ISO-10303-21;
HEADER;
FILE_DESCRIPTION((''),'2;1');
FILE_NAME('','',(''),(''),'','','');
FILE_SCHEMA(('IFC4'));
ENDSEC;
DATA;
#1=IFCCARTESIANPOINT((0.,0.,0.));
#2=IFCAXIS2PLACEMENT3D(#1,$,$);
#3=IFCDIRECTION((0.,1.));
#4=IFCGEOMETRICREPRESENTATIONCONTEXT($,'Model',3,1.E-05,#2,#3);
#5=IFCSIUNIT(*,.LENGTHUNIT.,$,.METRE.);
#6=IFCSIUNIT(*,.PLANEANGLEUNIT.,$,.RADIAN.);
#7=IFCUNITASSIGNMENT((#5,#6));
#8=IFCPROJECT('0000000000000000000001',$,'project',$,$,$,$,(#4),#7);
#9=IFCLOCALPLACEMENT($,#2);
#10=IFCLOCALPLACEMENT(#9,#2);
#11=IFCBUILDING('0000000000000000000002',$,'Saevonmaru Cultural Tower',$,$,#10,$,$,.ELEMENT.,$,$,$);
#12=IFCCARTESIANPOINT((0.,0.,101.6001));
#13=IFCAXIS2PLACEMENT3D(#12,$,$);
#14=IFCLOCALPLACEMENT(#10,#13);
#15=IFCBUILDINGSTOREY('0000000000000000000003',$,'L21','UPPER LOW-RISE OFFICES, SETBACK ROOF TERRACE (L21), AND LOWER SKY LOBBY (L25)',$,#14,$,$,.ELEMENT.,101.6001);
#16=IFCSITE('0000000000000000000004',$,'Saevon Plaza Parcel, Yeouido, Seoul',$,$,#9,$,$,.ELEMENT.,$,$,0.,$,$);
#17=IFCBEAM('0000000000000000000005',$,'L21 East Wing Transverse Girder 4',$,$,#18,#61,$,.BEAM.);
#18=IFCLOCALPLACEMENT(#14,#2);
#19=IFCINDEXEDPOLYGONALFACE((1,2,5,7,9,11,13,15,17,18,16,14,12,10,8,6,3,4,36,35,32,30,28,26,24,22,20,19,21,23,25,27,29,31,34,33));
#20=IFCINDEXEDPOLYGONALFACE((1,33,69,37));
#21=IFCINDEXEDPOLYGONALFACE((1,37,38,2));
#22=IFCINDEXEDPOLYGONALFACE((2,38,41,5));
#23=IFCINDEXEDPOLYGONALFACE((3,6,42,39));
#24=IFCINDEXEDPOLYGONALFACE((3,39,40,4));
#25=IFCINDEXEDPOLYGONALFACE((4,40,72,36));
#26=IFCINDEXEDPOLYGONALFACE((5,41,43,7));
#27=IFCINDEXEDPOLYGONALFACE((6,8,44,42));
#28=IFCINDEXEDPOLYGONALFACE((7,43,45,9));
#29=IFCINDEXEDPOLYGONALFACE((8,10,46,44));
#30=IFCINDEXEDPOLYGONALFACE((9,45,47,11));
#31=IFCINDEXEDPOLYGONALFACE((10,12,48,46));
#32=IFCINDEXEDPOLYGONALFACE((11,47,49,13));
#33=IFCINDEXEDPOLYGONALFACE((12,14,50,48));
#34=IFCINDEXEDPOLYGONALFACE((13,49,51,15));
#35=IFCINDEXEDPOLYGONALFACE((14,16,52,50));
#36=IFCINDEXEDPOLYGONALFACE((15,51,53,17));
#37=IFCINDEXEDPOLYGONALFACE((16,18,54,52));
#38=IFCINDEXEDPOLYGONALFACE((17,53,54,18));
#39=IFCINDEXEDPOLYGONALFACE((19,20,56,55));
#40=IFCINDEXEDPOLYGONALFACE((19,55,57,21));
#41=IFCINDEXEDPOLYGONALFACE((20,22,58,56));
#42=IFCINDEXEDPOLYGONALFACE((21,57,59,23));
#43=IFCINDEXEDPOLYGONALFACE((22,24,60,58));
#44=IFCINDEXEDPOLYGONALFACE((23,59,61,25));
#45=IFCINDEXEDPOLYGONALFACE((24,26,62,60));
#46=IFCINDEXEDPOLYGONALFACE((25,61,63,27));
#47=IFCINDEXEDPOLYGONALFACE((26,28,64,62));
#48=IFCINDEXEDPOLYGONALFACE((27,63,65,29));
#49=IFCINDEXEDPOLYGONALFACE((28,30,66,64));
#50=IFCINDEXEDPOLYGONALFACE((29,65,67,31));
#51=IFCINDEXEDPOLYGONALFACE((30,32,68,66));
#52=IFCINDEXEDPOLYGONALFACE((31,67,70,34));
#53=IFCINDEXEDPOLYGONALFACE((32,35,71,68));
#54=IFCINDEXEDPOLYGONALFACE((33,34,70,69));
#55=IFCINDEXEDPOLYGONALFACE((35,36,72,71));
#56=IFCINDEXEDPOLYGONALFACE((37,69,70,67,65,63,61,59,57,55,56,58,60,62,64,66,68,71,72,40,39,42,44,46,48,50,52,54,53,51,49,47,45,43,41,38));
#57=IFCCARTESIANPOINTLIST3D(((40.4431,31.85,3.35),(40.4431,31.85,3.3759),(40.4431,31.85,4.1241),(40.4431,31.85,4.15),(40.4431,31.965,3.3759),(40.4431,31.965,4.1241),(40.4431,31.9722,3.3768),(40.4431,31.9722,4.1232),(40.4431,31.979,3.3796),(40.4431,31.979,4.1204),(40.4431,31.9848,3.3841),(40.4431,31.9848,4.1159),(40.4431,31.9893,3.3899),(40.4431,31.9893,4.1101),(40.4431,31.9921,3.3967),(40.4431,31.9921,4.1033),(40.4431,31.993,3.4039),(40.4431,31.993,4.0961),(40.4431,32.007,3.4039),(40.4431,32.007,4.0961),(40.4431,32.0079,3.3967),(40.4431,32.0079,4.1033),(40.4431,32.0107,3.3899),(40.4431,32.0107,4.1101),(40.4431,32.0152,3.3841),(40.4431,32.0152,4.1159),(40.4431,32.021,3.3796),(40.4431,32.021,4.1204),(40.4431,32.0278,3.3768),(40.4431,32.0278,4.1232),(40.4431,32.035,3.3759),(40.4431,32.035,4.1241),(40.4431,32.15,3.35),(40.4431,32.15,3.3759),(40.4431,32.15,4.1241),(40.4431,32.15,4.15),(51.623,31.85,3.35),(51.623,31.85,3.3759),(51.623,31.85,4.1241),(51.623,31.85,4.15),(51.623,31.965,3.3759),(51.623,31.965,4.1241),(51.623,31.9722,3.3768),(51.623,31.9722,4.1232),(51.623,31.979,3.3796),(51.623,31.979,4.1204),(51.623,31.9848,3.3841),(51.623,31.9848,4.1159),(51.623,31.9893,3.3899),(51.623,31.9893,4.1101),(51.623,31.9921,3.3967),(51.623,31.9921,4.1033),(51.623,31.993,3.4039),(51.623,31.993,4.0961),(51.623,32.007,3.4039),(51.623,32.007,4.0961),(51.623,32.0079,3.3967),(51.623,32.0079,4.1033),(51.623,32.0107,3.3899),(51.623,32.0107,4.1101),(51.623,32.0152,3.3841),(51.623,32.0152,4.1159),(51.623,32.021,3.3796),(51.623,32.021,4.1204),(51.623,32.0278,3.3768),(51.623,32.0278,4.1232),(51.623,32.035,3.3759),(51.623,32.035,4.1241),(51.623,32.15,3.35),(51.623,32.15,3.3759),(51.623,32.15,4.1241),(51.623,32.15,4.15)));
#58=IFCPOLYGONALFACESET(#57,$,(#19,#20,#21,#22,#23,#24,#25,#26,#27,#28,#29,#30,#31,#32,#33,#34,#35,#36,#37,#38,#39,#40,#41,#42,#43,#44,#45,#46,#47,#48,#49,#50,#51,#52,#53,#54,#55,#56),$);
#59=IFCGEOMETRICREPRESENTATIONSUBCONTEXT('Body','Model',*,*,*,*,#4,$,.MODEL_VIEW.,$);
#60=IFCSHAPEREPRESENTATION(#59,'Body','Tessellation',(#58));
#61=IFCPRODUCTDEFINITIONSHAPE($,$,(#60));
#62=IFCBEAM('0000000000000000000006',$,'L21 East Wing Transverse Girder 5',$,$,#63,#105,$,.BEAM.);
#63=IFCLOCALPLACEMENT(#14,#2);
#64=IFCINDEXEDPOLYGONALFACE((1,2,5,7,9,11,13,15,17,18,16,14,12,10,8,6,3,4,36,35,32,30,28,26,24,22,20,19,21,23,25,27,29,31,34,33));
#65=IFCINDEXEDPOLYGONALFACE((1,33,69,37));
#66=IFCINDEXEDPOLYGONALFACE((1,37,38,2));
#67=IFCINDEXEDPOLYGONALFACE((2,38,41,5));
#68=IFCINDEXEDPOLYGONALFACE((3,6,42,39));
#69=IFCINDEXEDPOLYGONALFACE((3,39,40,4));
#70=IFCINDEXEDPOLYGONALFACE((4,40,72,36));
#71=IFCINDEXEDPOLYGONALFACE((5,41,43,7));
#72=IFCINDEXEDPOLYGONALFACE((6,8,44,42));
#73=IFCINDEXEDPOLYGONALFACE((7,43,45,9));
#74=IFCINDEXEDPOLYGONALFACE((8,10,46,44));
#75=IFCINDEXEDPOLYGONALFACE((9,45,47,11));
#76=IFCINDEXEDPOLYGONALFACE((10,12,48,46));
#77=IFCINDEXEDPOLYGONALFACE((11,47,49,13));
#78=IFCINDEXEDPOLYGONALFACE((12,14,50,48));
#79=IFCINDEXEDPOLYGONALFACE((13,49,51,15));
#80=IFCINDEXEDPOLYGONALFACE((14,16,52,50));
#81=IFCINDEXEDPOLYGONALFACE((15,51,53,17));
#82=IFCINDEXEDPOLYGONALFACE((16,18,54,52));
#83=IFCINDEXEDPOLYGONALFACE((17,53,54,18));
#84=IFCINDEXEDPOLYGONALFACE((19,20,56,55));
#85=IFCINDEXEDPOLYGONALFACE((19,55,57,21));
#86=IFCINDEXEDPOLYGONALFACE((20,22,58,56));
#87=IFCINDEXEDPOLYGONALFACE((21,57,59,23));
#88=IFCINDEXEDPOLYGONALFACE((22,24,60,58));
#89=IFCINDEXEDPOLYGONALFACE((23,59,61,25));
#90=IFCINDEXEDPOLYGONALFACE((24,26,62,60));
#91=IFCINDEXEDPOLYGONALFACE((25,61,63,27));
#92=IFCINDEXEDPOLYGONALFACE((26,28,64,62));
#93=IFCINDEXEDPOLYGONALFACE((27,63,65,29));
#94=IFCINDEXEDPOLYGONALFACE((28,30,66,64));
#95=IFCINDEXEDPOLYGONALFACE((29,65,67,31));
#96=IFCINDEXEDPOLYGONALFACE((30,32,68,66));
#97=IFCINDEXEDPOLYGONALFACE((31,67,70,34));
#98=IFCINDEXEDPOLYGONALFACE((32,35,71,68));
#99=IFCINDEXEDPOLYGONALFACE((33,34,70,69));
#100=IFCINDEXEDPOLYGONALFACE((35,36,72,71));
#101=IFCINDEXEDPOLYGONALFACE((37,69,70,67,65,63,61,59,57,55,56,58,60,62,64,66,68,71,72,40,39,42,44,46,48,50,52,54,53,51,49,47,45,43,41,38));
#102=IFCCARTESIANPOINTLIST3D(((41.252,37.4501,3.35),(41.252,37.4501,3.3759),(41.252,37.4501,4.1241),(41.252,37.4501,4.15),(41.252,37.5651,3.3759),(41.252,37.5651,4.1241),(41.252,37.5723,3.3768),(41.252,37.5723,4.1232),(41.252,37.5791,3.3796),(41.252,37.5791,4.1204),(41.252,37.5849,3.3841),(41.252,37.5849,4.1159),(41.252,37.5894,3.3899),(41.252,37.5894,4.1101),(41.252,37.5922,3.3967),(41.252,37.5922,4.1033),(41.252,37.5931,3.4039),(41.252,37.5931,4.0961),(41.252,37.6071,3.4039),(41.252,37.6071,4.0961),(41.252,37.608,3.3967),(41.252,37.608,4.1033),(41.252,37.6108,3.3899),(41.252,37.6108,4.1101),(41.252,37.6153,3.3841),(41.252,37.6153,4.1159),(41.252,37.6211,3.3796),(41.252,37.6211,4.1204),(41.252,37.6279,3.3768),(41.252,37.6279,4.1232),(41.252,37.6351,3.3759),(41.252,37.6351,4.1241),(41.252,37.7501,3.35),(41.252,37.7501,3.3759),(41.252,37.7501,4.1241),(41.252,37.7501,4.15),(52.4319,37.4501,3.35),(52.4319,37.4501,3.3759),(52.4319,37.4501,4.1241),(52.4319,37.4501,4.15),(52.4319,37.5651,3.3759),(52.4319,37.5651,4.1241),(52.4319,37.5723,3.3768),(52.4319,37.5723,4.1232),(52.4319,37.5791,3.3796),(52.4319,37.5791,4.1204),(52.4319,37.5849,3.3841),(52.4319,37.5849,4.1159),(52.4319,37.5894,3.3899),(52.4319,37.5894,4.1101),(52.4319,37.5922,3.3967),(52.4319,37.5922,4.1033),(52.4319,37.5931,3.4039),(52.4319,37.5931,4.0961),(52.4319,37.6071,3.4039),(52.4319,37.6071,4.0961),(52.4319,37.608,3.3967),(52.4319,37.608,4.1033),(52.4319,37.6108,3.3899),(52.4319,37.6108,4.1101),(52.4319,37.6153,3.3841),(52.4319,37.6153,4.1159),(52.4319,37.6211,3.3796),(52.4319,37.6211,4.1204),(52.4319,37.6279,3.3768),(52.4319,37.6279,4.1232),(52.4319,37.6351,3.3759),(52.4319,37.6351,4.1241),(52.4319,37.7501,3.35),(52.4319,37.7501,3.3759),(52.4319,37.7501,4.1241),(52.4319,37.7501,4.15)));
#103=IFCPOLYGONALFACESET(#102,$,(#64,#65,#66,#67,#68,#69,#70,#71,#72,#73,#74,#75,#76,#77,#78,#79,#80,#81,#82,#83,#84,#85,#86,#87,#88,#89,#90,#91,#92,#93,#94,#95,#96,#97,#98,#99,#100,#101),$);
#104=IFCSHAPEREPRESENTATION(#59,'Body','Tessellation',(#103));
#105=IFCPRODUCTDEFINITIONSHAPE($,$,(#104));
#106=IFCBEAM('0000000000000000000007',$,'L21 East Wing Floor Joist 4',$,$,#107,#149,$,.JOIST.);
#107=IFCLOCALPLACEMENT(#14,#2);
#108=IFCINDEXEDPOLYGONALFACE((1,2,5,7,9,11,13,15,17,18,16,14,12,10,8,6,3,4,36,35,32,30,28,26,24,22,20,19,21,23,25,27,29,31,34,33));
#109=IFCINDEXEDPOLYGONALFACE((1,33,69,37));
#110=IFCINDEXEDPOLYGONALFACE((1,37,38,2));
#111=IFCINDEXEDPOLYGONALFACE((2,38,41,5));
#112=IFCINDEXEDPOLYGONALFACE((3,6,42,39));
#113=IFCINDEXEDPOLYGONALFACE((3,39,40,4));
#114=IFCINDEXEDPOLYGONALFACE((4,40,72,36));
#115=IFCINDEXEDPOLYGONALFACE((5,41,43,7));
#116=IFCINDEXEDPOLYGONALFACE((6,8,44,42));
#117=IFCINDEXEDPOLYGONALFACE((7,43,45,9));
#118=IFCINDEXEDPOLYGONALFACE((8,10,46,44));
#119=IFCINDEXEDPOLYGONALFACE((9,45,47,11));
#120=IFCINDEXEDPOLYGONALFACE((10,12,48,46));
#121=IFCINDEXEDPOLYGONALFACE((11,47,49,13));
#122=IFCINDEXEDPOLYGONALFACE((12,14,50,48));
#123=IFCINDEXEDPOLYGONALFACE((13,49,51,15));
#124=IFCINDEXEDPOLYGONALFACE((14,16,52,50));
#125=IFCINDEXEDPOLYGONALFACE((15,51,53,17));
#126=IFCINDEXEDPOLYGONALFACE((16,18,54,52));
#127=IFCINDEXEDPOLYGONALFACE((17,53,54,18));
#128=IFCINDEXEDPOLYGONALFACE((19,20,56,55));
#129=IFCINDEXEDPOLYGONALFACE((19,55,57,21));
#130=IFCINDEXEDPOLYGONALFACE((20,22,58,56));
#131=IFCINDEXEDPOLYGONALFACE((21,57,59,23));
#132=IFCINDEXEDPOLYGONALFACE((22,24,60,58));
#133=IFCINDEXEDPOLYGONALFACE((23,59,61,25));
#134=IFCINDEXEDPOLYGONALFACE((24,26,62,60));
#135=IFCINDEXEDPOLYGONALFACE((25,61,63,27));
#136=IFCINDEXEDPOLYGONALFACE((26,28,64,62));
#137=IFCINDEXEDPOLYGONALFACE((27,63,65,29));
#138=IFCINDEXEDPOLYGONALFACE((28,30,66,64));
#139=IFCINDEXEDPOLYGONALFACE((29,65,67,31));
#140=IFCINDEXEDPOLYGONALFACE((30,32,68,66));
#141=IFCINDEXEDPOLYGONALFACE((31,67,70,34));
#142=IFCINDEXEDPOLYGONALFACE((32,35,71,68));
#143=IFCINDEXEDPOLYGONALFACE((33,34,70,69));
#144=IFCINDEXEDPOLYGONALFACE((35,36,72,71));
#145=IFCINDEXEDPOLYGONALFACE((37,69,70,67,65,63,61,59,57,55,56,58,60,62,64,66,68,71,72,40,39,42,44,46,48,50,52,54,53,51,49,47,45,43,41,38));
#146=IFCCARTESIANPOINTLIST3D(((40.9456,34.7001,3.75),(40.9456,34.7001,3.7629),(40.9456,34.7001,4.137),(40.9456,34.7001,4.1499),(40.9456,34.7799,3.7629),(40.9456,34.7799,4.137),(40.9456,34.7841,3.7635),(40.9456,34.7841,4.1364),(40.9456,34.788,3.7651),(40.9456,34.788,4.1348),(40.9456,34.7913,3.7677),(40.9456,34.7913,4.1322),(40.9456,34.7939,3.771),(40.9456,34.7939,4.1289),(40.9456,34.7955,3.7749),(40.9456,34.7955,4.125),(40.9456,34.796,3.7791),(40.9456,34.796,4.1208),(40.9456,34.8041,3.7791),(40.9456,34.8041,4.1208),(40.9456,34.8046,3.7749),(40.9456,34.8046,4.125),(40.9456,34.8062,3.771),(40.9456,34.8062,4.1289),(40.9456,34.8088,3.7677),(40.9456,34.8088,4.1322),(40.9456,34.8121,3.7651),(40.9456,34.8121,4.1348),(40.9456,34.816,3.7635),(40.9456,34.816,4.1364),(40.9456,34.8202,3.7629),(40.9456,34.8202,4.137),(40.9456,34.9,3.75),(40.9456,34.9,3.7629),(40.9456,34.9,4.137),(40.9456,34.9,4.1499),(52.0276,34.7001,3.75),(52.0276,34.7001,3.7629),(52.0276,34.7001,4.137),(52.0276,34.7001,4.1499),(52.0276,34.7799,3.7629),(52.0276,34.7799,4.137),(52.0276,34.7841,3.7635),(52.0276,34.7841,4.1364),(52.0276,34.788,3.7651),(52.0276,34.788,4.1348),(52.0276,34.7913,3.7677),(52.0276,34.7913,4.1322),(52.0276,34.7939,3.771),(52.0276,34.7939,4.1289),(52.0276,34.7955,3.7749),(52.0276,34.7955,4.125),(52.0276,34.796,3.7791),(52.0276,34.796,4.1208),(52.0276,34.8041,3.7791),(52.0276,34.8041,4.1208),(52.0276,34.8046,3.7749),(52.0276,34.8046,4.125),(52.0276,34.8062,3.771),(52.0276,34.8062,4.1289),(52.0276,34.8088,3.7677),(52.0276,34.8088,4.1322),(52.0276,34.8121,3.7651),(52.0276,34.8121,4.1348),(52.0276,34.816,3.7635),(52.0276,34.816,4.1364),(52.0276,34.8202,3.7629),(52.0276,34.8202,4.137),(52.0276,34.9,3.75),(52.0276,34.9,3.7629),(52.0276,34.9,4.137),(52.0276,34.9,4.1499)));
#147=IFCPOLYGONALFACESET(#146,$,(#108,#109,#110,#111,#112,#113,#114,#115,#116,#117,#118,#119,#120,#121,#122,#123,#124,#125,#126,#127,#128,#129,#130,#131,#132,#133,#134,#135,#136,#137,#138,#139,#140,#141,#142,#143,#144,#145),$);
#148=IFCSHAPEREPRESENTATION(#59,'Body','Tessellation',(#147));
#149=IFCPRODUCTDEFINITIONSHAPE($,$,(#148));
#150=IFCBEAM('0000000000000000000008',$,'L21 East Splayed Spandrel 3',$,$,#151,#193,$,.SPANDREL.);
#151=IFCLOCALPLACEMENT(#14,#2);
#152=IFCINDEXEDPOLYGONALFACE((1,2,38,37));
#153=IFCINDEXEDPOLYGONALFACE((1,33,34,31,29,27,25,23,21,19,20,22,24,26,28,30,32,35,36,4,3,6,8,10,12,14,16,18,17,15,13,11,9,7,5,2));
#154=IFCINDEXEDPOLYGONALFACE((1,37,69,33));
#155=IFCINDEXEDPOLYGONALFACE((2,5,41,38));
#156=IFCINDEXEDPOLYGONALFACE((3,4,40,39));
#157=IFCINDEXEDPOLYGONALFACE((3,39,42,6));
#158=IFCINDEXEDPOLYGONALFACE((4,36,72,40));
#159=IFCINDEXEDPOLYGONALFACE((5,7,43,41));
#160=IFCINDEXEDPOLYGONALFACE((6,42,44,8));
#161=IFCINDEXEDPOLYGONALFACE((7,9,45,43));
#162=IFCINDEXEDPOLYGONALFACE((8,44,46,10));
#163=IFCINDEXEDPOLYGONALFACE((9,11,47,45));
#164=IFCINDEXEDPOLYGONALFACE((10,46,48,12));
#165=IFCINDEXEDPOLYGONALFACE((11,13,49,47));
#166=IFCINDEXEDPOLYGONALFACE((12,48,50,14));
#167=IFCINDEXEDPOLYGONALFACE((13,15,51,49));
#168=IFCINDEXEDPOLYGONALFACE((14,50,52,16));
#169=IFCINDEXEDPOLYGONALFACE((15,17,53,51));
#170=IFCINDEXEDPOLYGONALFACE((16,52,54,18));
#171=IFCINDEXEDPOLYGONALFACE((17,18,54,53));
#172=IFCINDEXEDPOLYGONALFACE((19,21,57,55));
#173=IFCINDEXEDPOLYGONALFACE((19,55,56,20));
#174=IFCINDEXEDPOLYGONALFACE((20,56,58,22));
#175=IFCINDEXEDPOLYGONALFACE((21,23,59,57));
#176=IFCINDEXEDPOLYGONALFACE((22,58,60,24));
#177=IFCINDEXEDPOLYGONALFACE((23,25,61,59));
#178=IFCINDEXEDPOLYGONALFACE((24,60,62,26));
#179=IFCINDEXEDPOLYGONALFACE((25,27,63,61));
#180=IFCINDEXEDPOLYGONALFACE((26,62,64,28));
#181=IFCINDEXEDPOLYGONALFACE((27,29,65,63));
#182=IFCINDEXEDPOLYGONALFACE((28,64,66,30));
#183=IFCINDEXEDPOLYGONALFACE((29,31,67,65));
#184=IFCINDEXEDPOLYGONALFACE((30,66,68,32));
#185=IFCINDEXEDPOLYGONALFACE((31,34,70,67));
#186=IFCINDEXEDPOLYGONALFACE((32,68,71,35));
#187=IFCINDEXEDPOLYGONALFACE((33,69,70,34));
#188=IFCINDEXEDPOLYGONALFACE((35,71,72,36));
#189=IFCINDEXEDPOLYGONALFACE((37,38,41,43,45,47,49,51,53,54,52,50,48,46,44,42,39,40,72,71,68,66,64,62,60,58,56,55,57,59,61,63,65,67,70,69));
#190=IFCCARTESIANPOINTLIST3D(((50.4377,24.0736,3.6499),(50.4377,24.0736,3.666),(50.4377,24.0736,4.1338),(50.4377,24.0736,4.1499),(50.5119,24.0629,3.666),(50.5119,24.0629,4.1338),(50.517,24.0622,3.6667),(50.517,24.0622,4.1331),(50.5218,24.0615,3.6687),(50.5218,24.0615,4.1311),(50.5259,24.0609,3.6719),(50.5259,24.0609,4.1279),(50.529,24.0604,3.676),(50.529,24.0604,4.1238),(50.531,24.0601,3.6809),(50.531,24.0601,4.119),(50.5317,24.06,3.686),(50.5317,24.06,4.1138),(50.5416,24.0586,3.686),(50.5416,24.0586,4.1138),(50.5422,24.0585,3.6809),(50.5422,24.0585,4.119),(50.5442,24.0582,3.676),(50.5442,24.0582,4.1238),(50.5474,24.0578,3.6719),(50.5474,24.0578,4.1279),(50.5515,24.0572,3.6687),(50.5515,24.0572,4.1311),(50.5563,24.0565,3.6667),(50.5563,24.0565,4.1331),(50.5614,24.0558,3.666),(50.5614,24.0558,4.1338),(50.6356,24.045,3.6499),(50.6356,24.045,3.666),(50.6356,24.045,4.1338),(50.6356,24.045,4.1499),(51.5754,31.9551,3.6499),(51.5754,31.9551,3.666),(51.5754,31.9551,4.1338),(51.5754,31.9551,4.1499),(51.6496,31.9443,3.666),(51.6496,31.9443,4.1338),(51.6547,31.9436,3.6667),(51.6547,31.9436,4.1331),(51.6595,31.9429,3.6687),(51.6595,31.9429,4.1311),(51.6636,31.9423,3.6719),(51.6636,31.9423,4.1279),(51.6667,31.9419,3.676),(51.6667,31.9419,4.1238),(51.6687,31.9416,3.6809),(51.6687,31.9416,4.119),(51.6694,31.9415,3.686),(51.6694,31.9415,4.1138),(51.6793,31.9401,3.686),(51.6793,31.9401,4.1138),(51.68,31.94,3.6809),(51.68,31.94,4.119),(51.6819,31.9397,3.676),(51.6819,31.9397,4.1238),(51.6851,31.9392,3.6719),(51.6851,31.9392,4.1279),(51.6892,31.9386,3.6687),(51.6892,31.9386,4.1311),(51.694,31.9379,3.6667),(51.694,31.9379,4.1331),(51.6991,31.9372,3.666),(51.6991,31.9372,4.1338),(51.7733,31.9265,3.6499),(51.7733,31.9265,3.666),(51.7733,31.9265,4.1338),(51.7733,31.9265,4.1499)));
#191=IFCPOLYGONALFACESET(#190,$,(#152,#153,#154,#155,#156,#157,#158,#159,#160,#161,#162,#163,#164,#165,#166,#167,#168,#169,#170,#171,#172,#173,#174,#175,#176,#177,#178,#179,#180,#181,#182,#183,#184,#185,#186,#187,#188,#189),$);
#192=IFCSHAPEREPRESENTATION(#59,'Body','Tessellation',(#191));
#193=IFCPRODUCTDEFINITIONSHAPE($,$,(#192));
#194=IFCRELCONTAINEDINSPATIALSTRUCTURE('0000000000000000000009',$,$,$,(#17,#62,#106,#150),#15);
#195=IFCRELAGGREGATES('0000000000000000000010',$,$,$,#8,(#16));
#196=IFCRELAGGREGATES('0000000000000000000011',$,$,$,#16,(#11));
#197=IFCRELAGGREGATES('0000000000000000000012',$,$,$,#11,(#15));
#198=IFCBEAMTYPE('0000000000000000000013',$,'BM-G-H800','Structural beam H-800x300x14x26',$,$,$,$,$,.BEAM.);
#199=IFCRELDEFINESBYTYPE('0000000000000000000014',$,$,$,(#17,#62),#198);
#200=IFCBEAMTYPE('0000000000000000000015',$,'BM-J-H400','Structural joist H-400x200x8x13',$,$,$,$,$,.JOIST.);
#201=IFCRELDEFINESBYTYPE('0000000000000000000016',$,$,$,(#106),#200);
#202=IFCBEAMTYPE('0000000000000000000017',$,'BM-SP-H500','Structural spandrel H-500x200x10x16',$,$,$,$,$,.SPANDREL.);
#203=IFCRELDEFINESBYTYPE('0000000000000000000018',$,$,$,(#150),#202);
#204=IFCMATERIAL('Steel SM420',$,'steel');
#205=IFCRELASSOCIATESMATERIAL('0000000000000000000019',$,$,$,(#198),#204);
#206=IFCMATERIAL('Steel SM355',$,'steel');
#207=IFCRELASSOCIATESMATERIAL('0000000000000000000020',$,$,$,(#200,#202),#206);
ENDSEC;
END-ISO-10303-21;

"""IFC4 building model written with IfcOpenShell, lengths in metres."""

from ifc_helpers import new_model, si_unit, direction, frame, origin, origin_2d, place, context, subcontext, project, spatial, i_section, extrude, material, material_profile, profile_set, type_object, element, save


model = new_model("IFC4")

# Units and contexts
model_context = context("Model", 3, precision=1e-05, world=origin(), true_north=direction((0.0, 1.0)))
body_context = subcontext(model_context, "Body", "Model", "MODEL_VIEW")
ifc_project = project(units=[si_unit("LENGTHUNIT", "METRE"), si_unit("PLANEANGLEUNIT", "RADIAN")], contexts=[model_context])

# Site, building, storey
site_placement = place(None, origin())
site = spatial("IfcSite", under=ifc_project, at=site_placement, Name="Saevon Plaza Parcel, Yeouido, Seoul", CompositionType="ELEMENT", RefElevation=0.0)
building_placement = place(site_placement, origin())
building = spatial("IfcBuilding", under=site, at=building_placement, Name="Saevonmaru Cultural Tower", CompositionType="ELEMENT")
storey_placement = place(building_placement, frame((0.0, 0.0, 101.6001)))
storey = spatial("IfcBuildingStorey", under=building, at=storey_placement, Name="L21", Description="UPPER LOW-RISE OFFICES, SETBACK ROOF TERRACE (L21), AND LOWER SKY LOBBY (L25)", CompositionType="ELEMENT", Elevation=101.6001)

# Shared definitions
ifc_material_1 = material(Name="Steel SM420", Category="steel")
ifc_material_2 = material(Name="Steel SM355", Category="steel")

# Beams
ifc_material_profile_1 = material_profile(ifc_material_1, i_section(OverallWidth=0.3, OverallDepth=0.8, WebThickness=0.0139, FlangeThickness=0.0259, FilletRadius=0.0281, at=origin_2d()), Name="H-800x300x14x26")
ifc_profile_set_1 = profile_set([ifc_material_profile_1], Name="Steel SM420")
beam_type_1 = type_object("IfcBeamType", Name="BM-G-H800", Description="Structural beam H-800x300x14x26", PredefinedType="BEAM", material=ifc_profile_set_1)
for number, where, z_axis, x_axis, name in (
    (1, (40.4431, 32.0, 3.75), (1.0, 0.0, 0.0), (0.0, 1.0, 0.0), "L21 East Wing Transverse Girder 4"),
    (2, (41.252, 37.6001, 3.75), (1.0, 0.0, 0.0), (0.0, 1.0, 0.0), "L21 East Wing Transverse Girder 5"),
):
    element("IfcBeam", number, at=place(storey_placement, frame(where, z_axis=z_axis, x_axis=x_axis)), inside=storey, type_object=beam_type_1, Name=name, PredefinedType="BEAM", context=body_context, shape_type="SweptSolid", body=[
        extrude(i_section(OverallWidth=0.3, OverallDepth=0.8, WebThickness=0.0139, FlangeThickness=0.0259, FilletRadius=0.0281, at=origin_2d()), origin(), (0.0, 0.0, 1.0), 11.1799),
    ])
ifc_material_profile_2 = material_profile(ifc_material_2, i_section(OverallWidth=0.2, OverallDepth=0.3999, WebThickness=0.0081, FlangeThickness=0.0129, FilletRadius=0.0161, at=origin_2d()), Name="H-400x200x8x13")
ifc_profile_set_2 = profile_set([ifc_material_profile_2], Name="Steel SM355")
beam_type_2 = type_object("IfcBeamType", Name="BM-J-H400", Description="Structural joist H-400x200x8x13", PredefinedType="JOIST", material=ifc_profile_set_2)
beam_1_placement = place(storey_placement, frame((40.9456, 34.8, 3.95), z_axis=(1.0, 0.0, 0.0), x_axis=(0.0, 1.0, 0.0)))
element("IfcBeam", 3, at=beam_1_placement, inside=storey, type_object=beam_type_2, Name="L21 East Wing Floor Joist 4", PredefinedType="JOIST", context=body_context, shape_type="SweptSolid", body=[
    extrude(i_section(OverallWidth=0.2, OverallDepth=0.3999, WebThickness=0.0081, FlangeThickness=0.0129, FilletRadius=0.0161, at=origin_2d()), origin(), (0.0, 0.0, 1.0), 11.082),
])
ifc_material_profile_3 = material_profile(ifc_material_2, i_section(OverallWidth=0.2, OverallDepth=0.5, WebThickness=0.01, FlangeThickness=0.0161, FilletRadius=0.02, at=origin_2d()), Name="H-500x200x10x16")
ifc_profile_set_3 = profile_set([ifc_material_profile_3], Name="Steel SM355")
beam_type_3 = type_object("IfcBeamType", Name="BM-SP-H500", Description="Structural spandrel H-500x200x10x16", PredefinedType="SPANDREL", material=ifc_profile_set_3)
beam_2_placement = place(storey_placement, frame((50.5366, 24.0593, 3.8999), z_axis=(0.142872, 0.989741, 0.0), x_axis=(-0.989741, 0.142872, 0.0)))
element("IfcBeam", 4, at=beam_2_placement, inside=storey, type_object=beam_type_3, Name="L21 East Splayed Spandrel 3", PredefinedType="SPANDREL", context=body_context, shape_type="SweptSolid", body=[
    extrude(i_section(OverallWidth=0.2, OverallDepth=0.5, WebThickness=0.01, FlangeThickness=0.0161, FilletRadius=0.02, at=origin_2d()), origin(), (0.0, 0.0, 1.0), 7.9631),
])

save(model, "model.ifc")
